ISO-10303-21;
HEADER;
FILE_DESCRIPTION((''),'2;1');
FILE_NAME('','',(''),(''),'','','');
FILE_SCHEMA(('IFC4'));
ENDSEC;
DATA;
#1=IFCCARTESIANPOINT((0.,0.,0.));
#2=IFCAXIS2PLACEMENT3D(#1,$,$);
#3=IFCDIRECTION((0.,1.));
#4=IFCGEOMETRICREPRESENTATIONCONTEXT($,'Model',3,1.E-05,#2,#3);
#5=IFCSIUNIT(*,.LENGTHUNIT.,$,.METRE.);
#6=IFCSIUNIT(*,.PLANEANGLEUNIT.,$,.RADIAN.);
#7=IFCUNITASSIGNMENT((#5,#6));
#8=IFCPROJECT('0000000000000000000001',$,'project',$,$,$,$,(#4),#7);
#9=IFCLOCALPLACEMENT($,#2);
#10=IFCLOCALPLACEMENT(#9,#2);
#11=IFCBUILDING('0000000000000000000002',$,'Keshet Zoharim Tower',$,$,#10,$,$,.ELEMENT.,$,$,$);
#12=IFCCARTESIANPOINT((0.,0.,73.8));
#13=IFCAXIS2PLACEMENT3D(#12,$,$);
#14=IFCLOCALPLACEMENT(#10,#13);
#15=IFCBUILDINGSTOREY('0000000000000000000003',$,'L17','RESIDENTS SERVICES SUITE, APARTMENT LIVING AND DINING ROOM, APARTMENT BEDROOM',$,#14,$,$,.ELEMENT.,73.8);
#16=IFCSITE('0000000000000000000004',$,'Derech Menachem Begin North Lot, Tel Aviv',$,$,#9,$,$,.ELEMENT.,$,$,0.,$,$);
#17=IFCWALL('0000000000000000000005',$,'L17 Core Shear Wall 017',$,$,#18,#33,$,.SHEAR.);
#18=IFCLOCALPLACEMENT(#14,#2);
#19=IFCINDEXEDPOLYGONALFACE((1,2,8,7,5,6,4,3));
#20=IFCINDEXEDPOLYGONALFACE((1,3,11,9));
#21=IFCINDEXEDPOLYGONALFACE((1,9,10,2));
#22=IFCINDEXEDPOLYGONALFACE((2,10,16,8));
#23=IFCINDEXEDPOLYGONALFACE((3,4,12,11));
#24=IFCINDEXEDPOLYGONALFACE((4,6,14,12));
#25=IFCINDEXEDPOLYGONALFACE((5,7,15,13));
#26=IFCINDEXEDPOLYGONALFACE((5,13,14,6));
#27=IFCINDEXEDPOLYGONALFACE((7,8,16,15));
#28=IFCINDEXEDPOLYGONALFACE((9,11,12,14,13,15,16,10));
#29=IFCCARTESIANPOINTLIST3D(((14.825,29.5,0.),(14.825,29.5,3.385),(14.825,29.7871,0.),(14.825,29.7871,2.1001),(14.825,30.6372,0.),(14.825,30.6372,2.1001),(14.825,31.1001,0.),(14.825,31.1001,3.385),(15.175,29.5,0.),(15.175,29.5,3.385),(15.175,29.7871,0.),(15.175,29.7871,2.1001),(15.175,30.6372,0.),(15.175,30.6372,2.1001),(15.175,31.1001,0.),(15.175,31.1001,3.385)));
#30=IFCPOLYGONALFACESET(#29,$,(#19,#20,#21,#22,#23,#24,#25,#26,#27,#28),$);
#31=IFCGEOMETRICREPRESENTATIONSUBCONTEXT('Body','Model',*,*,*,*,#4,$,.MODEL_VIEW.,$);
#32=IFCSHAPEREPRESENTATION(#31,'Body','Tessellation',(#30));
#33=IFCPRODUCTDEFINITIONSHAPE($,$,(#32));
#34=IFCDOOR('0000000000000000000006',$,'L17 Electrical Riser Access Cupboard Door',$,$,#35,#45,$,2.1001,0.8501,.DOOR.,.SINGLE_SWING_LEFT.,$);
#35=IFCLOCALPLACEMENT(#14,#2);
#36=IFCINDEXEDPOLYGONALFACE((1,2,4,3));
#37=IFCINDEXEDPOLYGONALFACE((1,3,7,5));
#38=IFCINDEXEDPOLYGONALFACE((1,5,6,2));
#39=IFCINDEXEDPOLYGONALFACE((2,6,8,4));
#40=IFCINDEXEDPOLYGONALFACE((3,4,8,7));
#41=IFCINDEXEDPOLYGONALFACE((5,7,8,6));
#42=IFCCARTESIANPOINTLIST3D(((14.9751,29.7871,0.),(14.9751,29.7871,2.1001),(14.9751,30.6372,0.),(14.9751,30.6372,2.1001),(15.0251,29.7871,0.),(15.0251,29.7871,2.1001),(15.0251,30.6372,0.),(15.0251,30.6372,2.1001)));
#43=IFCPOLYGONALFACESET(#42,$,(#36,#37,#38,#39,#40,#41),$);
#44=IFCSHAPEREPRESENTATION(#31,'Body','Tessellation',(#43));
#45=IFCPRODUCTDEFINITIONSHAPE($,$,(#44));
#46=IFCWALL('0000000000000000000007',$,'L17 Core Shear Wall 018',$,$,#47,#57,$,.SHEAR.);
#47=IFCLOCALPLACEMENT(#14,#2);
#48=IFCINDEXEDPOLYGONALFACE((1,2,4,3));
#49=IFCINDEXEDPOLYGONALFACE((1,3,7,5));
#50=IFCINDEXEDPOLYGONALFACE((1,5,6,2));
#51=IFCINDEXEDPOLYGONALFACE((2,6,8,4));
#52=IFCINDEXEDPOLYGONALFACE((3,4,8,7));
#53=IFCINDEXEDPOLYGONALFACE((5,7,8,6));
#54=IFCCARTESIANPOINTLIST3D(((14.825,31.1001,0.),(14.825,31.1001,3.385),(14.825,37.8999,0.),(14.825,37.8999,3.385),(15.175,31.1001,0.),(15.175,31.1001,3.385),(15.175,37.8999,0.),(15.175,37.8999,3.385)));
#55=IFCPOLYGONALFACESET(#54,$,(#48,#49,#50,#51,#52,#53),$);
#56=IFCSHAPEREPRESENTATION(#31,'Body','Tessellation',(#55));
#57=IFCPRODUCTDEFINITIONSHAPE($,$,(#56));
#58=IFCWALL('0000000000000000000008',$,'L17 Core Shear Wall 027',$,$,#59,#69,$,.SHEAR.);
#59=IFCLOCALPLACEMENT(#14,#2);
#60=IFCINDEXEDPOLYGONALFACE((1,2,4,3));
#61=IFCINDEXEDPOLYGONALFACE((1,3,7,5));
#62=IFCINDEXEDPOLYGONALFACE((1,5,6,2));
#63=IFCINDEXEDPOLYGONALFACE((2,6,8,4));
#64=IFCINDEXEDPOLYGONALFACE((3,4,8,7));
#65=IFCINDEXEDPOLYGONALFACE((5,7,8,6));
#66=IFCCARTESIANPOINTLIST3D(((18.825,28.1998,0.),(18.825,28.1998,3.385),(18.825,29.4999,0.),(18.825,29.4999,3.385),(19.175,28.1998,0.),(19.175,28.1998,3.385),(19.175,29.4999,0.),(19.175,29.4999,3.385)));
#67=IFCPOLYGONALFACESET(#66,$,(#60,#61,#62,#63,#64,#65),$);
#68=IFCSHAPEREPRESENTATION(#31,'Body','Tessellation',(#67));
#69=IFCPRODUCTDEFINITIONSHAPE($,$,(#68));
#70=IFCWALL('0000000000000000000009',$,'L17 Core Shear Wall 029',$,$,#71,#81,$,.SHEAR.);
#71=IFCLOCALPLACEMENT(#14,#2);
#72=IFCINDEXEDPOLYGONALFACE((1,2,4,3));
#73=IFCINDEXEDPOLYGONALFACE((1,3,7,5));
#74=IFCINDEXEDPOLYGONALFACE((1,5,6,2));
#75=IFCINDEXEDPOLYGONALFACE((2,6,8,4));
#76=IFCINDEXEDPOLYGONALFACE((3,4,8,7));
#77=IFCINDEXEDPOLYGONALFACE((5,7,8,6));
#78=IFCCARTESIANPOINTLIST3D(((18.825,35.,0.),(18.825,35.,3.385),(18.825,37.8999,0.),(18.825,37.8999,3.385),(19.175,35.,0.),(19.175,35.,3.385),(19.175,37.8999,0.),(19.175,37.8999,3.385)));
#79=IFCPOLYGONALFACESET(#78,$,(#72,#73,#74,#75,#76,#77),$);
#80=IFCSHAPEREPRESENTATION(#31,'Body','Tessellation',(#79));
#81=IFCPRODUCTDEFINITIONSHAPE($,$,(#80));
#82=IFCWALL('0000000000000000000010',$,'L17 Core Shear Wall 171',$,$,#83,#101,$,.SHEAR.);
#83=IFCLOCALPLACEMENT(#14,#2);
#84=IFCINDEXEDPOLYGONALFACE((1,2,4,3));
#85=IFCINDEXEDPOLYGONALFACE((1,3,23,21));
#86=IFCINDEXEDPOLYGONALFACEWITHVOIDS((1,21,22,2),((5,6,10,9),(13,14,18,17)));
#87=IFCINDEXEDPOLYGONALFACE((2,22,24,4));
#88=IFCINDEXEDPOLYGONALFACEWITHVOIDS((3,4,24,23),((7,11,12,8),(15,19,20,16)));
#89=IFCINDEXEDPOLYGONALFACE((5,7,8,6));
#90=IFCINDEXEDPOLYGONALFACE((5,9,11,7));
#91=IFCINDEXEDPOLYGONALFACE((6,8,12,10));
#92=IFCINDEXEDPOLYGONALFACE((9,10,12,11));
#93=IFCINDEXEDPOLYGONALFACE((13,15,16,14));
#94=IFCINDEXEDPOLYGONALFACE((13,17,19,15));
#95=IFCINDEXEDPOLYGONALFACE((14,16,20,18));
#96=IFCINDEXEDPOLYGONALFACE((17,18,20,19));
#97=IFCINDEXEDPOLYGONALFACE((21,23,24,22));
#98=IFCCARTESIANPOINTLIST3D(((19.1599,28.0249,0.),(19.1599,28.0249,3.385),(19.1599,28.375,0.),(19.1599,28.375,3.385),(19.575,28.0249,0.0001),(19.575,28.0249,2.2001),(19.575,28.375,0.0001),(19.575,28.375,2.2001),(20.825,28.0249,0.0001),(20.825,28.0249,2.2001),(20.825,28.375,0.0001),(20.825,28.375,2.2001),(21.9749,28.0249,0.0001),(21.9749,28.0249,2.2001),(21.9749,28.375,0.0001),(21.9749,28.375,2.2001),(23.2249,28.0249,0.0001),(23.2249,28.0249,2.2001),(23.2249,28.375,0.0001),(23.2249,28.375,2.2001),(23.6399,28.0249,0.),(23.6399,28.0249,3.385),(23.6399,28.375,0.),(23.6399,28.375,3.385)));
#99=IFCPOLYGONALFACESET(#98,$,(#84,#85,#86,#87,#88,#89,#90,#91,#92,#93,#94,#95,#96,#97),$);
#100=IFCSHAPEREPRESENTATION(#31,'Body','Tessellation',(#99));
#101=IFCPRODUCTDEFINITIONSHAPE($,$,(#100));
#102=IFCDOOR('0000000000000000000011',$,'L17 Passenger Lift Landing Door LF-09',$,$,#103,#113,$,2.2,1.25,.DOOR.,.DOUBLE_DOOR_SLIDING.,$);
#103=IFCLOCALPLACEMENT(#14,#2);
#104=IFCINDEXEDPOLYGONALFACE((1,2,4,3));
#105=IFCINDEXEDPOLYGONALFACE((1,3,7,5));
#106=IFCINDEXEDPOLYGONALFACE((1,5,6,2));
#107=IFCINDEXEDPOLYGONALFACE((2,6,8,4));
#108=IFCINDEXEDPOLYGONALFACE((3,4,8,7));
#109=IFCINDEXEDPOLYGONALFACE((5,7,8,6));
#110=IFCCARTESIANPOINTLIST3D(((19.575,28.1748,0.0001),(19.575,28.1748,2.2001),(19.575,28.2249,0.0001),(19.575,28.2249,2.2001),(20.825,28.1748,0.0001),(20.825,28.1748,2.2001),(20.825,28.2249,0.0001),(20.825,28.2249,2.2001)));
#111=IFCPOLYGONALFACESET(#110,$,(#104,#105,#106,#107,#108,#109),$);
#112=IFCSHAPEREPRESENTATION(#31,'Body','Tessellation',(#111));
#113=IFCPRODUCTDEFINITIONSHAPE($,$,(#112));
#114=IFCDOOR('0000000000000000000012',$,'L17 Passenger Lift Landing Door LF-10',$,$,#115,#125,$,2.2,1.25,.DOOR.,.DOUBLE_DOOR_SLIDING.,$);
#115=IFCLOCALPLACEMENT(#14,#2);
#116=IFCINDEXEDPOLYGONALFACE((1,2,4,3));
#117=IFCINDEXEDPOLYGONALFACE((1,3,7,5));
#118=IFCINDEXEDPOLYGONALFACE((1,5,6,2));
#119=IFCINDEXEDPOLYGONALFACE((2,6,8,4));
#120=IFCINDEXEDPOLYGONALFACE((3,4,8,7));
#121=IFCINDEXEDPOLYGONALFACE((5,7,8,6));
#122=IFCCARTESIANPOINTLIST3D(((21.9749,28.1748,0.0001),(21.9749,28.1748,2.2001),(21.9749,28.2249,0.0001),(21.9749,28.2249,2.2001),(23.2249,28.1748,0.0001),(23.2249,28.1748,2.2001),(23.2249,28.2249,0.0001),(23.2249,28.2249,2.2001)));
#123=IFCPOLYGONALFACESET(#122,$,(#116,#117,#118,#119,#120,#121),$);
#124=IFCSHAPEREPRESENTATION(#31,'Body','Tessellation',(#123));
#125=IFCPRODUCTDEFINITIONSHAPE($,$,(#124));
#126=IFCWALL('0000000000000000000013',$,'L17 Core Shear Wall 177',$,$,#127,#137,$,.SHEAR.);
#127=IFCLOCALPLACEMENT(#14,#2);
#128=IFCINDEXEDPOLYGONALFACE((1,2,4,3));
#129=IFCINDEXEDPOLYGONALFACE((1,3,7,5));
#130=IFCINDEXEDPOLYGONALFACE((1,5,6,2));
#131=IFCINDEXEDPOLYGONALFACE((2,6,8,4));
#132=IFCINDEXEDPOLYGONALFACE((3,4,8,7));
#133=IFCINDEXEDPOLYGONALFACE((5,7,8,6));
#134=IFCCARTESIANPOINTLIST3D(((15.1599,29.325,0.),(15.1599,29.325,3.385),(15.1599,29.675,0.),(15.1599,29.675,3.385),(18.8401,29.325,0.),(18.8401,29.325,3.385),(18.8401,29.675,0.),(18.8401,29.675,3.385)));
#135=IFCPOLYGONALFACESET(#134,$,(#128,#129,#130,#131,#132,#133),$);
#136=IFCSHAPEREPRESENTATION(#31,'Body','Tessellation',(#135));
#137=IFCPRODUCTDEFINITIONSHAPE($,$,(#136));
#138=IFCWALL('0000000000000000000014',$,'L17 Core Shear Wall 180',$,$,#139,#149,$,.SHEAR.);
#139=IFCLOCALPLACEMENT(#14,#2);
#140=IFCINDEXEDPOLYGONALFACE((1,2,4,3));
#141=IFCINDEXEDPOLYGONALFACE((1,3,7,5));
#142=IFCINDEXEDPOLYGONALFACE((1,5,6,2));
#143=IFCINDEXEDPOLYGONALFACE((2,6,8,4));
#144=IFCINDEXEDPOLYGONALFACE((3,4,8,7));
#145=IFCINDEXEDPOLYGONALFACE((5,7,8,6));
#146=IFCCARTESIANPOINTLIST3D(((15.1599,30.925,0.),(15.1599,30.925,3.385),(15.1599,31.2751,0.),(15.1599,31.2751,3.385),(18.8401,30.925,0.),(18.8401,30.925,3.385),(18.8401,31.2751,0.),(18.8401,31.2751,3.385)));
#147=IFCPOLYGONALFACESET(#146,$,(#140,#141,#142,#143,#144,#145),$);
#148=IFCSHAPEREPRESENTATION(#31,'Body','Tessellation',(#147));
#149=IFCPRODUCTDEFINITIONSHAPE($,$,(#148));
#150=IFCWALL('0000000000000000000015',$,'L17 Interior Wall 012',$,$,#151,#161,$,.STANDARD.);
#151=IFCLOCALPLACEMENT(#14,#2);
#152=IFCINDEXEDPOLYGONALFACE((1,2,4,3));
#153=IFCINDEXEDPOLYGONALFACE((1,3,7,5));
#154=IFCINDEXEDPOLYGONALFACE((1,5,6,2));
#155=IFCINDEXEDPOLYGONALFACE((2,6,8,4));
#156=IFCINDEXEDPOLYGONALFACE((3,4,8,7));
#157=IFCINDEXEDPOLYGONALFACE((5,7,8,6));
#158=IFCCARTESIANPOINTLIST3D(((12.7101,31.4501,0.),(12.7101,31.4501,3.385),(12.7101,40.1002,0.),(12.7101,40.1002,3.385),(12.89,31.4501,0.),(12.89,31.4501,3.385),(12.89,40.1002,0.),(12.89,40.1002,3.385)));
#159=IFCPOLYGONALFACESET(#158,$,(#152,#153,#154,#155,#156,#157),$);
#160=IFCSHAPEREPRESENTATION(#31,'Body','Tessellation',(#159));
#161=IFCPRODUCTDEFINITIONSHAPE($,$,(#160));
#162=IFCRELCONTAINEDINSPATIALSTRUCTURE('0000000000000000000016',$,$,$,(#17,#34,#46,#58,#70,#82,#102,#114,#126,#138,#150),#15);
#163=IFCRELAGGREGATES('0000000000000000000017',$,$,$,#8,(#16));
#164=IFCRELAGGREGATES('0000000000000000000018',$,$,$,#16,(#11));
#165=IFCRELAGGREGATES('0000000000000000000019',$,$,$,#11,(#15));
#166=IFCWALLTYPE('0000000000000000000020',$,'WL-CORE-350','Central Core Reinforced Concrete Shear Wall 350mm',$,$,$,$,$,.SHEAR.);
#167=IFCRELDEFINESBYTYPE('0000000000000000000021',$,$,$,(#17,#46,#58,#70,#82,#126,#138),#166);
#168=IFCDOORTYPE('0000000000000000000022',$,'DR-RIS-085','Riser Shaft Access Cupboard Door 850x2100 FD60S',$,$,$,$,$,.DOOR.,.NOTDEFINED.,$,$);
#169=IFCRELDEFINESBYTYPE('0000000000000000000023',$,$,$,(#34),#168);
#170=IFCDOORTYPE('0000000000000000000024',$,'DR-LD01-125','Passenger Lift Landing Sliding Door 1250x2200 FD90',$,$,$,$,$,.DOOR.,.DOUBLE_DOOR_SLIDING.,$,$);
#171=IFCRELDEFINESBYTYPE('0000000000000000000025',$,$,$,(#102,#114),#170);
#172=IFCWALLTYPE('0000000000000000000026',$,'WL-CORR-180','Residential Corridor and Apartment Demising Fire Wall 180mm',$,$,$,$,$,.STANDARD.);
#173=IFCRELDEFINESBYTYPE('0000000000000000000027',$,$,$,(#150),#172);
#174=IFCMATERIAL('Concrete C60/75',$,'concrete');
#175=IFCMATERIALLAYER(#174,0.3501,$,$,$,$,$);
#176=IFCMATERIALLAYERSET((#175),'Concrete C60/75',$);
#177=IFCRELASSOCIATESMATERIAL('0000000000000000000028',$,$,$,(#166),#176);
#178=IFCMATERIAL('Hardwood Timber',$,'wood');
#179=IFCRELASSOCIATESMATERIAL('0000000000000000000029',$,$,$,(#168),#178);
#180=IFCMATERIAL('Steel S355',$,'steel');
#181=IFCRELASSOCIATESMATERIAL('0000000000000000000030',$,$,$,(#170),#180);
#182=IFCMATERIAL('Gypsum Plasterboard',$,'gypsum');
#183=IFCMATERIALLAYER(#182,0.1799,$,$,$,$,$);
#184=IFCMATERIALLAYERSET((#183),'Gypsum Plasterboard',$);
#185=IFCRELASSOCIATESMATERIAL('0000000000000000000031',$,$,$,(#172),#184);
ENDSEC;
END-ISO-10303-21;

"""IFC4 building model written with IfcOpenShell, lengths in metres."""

from ifc_helpers import new_model, si_unit, direction, frame, frame_2d, origin, place, context, subcontext, project, spatial, rectangle, extrude, material, layer, layer_set, type_object, element, fill, save


model = new_model("IFC4")

# Units and contexts
model_context = context("Model", 3, precision=1e-05, world=origin(), true_north=direction((0.0, 1.0)))
body_context = subcontext(model_context, "Body", "Model", "MODEL_VIEW")
ifc_project = project(units=[si_unit("LENGTHUNIT", "METRE"), si_unit("PLANEANGLEUNIT", "RADIAN")], contexts=[model_context])

# Site, building, storey
site_placement = place(None, origin())
site = spatial("IfcSite", under=ifc_project, at=site_placement, Name="Derech Menachem Begin North Lot, Tel Aviv", CompositionType="ELEMENT", RefElevation=0.0)
building_placement = place(site_placement, origin())
building = spatial("IfcBuilding", under=site, at=building_placement, Name="Keshet Zoharim Tower", CompositionType="ELEMENT")
storey_placement = place(building_placement, frame((0.0, 0.0, 73.8)))
storey = spatial("IfcBuildingStorey", under=building, at=storey_placement, Name="L17", Description="RESIDENTS SERVICES SUITE, APARTMENT LIVING AND DINING ROOM, APARTMENT BEDROOM", CompositionType="ELEMENT", Elevation=73.8)

# Wall, opening, door
ifc_material_1 = material(Name="Concrete C60/75", Category="concrete")
ifc_layer_1 = layer(ifc_material_1, 0.3501)
ifc_layer_set_1 = layer_set([ifc_layer_1], Name="Concrete C60/75")
wall_type_1 = type_object("IfcWallType", Name="WL-CORE-350", Description="Central Core Reinforced Concrete Shear Wall 350mm", PredefinedType="SHEAR", material=ifc_layer_set_1)
wall_1_placement = place(storey_placement, frame((15.0, 29.5, 0.0), z_axis=(0.0, 0.0, 1.0), x_axis=(0.0, 1.0, 0.0)))
wall_1 = element("IfcWall", 1, at=wall_1_placement, inside=storey, type_object=wall_type_1, Name="L17 Core Shear Wall 017", PredefinedType="SHEAR", context=body_context, shape_type="SweptSolid", body=[
    extrude(rectangle(XDim=1.6001, YDim=0.3501, at=frame_2d((0.8, 0.0))), origin(), (0.0, 0.0, 1.0), 3.385),
])
opening_1_placement = place(wall_1_placement, frame((0.2871, 0.0, 0.0)))
opening_1 = element("IfcOpeningElement", 2, at=opening_1_placement, cuts=wall_1, PredefinedType="OPENING", context=body_context, shape_type="SweptSolid", body=[
    extrude(rectangle(XDim=0.8501, YDim=2.1001, at=frame_2d((0.425, 1.05))), frame((0.0, 0.1851, 0.0), z_axis=(0.0, -1.0, 0.0), x_axis=(1.0, 0.0, 0.0)), (0.0, 0.0, 1.0), 0.3701),
])
ifc_material_2 = material(Name="Hardwood Timber", Category="wood")
door_type_1 = type_object("IfcDoorType", Name="DR-RIS-085", Description="Riser Shaft Access Cupboard Door 850x2100 FD60S", OperationType="NOTDEFINED", PredefinedType="DOOR", material=ifc_material_2)
door_1_placement = place(opening_1_placement, origin())
door_1 = element("IfcDoor", 3, at=door_1_placement, inside=storey, type_object=door_type_1, Name="L17 Electrical Riser Access Cupboard Door", OperationType="SINGLE_SWING_LEFT", OverallHeight=2.1001, OverallWidth=0.8501, PredefinedType="DOOR", context=body_context, shape_type="SweptSolid", body=[
    extrude(rectangle(XDim=0.8501, YDim=2.1001, at=frame_2d((0.425, 1.05))), frame((0.0, 0.0249, 0.0), z_axis=(0.0, -1.0, 0.0), x_axis=(1.0, 0.0, 0.0)), (0.0, 0.0, 1.0), 0.05),
])
fill(opening_1, door_1)

# Walls
wall_2_placement = place(storey_placement, frame((15.0, 31.1001, 0.0), z_axis=(0.0, 0.0, 1.0), x_axis=(0.0, 1.0, 0.0)))
element("IfcWall", 4, at=wall_2_placement, inside=storey, type_object=wall_type_1, Name="L17 Core Shear Wall 018", PredefinedType="SHEAR", context=body_context, shape_type="SweptSolid", body=[
    extrude(rectangle(XDim=6.7998, YDim=0.3501, at=frame_2d((3.3999, 0.0))), origin(), (0.0, 0.0, 1.0), 3.385),
])
wall_3_placement = place(storey_placement, frame((19.0, 28.2, 0.0), z_axis=(0.0, 0.0, 1.0), x_axis=(0.0, 1.0, 0.0)))
element("IfcWall", 5, at=wall_3_placement, inside=storey, type_object=wall_type_1, Name="L17 Core Shear Wall 027", PredefinedType="SHEAR", context=body_context, shape_type="SweptSolid", body=[
    extrude(rectangle(XDim=1.3, YDim=0.3501, at=frame_2d((0.6499, 0.0))), origin(), (0.0, 0.0, 1.0), 3.385),
])

# Wall
wall_4_placement = place(storey_placement, frame((19.0, 35.0, 0.0), z_axis=(0.0, 0.0, 1.0), x_axis=(0.0, 1.0, 0.0)))
element("IfcWall", 6, at=wall_4_placement, inside=storey, type_object=wall_type_1, Name="L17 Core Shear Wall 029", PredefinedType="SHEAR", context=body_context, shape_type="SweptSolid", body=[
    extrude(rectangle(XDim=2.8999, YDim=0.3501, at=frame_2d((1.45, 0.0))), origin(), (0.0, 0.0, 1.0), 3.385),
])

# Wall, openings, doors
wall_5_placement = place(storey_placement, frame((19.1599, 28.2, 0.0), z_axis=(0.0, 0.0, 1.0), x_axis=(1.0, 0.0, 0.0)))
wall_5 = element("IfcWall", 7, at=wall_5_placement, inside=storey, type_object=wall_type_1, Name="L17 Core Shear Wall 171", PredefinedType="SHEAR", context=body_context, shape_type="SweptSolid", body=[
    extrude(rectangle(XDim=4.48, YDim=0.3501, at=frame_2d((2.24, 0.0))), origin(), (0.0, 0.0, 1.0), 3.385),
])
opening_2_placement = place(wall_5_placement, frame((0.415, 0.0, 0.0)))
opening_2 = element("IfcOpeningElement", 8, at=opening_2_placement, cuts=wall_5, PredefinedType="OPENING", context=body_context, shape_type="SweptSolid", body=[
    extrude(rectangle(XDim=1.25, YDim=2.2, at=frame_2d((0.625, 1.1001))), frame((0.0, 0.1851, 0.0), z_axis=(0.0, -1.0, 0.0), x_axis=(1.0, 0.0, 0.0)), (0.0, 0.0, 1.0), 0.3701),
])
opening_3_placement = place(wall_5_placement, frame((2.8149, 0.0, 0.0)))
opening_3 = element("IfcOpeningElement", 9, at=opening_3_placement, cuts=wall_5, PredefinedType="OPENING", context=body_context, shape_type="SweptSolid", body=[
    extrude(rectangle(XDim=1.25, YDim=2.2, at=frame_2d((0.625, 1.1001))), frame((0.0, 0.1851, 0.0), z_axis=(0.0, -1.0, 0.0), x_axis=(1.0, 0.0, 0.0)), (0.0, 0.0, 1.0), 0.3701),
])
ifc_material_3 = material(Name="Steel S355", Category="steel")
door_type_2 = type_object("IfcDoorType", Name="DR-LD01-125", Description="Passenger Lift Landing Sliding Door 1250x2200 FD90", OperationType="DOUBLE_DOOR_SLIDING", PredefinedType="DOOR", material=ifc_material_3)
door_2_placement = place(opening_2_placement, origin())
door_2 = element("IfcDoor", 10, at=door_2_placement, inside=storey, type_object=door_type_2, Name="L17 Passenger Lift Landing Door LF-09", OperationType="DOUBLE_DOOR_SLIDING", OverallHeight=2.2, OverallWidth=1.25, PredefinedType="DOOR", context=body_context, shape_type="SweptSolid", body=[
    extrude(rectangle(XDim=1.25, YDim=2.2, at=frame_2d((0.625, 1.1001))), frame((0.0, 0.0249, 0.0), z_axis=(0.0, -1.0, 0.0), x_axis=(1.0, 0.0, 0.0)), (0.0, 0.0, 1.0), 0.05),
])
fill(opening_2, door_2)
door_3_placement = place(opening_3_placement, origin())
door_3 = element("IfcDoor", 11, at=door_3_placement, inside=storey, type_object=door_type_2, Name="L17 Passenger Lift Landing Door LF-10", OperationType="DOUBLE_DOOR_SLIDING", OverallHeight=2.2, OverallWidth=1.25, PredefinedType="DOOR", context=body_context, shape_type="SweptSolid", body=[
    extrude(rectangle(XDim=1.25, YDim=2.2, at=frame_2d((0.625, 1.1001))), frame((0.0, 0.0249, 0.0), z_axis=(0.0, -1.0, 0.0), x_axis=(1.0, 0.0, 0.0)), (0.0, 0.0, 1.0), 0.05),
])
fill(opening_3, door_3)

# Walls
for number, where, z_axis, x_axis, name in (
    (12, (15.1599, 29.5, 0.0), (0.0, 0.0, 1.0), (1.0, 0.0, 0.0), "L17 Core Shear Wall 177"),
    (13, (15.1599, 31.1001, 0.0), (0.0, 0.0, 1.0), (1.0, 0.0, 0.0), "L17 Core Shear Wall 180"),
):
    element("IfcWall", number, at=place(storey_placement, frame(where, z_axis=z_axis, x_axis=x_axis)), inside=storey, type_object=wall_type_1, Name=name, PredefinedType="SHEAR", context=body_context, shape_type="SweptSolid", body=[
        extrude(rectangle(XDim=3.6802, YDim=0.3501, at=frame_2d((1.8401, 0.0))), origin(), (0.0, 0.0, 1.0), 3.385),
    ])
ifc_material_4 = material(Name="Gypsum Plasterboard", Category="gypsum")
ifc_layer_2 = layer(ifc_material_4, 0.1799)
ifc_layer_set_2 = layer_set([ifc_layer_2], Name="Gypsum Plasterboard")
wall_type_2 = type_object("IfcWallType", Name="WL-CORR-180", Description="Residential Corridor and Apartment Demising Fire Wall 180mm", PredefinedType="STANDARD", material=ifc_layer_set_2)
wall_6_placement = place(storey_placement, frame((12.8, 31.45, 0.0), z_axis=(0.0, 0.0, 1.0), x_axis=(0.0, 1.0, 0.0)))
element("IfcWall", 14, at=wall_6_placement, inside=storey, type_object=wall_type_2, Name="L17 Interior Wall 012", PredefinedType="STANDARD", context=body_context, shape_type="SweptSolid", body=[
    extrude(rectangle(XDim=8.6501, YDim=0.1799, at=frame_2d((4.3252, 0.0))), origin(), (0.0, 0.0, 1.0), 3.385),
])

save(model, "model.ifc")
